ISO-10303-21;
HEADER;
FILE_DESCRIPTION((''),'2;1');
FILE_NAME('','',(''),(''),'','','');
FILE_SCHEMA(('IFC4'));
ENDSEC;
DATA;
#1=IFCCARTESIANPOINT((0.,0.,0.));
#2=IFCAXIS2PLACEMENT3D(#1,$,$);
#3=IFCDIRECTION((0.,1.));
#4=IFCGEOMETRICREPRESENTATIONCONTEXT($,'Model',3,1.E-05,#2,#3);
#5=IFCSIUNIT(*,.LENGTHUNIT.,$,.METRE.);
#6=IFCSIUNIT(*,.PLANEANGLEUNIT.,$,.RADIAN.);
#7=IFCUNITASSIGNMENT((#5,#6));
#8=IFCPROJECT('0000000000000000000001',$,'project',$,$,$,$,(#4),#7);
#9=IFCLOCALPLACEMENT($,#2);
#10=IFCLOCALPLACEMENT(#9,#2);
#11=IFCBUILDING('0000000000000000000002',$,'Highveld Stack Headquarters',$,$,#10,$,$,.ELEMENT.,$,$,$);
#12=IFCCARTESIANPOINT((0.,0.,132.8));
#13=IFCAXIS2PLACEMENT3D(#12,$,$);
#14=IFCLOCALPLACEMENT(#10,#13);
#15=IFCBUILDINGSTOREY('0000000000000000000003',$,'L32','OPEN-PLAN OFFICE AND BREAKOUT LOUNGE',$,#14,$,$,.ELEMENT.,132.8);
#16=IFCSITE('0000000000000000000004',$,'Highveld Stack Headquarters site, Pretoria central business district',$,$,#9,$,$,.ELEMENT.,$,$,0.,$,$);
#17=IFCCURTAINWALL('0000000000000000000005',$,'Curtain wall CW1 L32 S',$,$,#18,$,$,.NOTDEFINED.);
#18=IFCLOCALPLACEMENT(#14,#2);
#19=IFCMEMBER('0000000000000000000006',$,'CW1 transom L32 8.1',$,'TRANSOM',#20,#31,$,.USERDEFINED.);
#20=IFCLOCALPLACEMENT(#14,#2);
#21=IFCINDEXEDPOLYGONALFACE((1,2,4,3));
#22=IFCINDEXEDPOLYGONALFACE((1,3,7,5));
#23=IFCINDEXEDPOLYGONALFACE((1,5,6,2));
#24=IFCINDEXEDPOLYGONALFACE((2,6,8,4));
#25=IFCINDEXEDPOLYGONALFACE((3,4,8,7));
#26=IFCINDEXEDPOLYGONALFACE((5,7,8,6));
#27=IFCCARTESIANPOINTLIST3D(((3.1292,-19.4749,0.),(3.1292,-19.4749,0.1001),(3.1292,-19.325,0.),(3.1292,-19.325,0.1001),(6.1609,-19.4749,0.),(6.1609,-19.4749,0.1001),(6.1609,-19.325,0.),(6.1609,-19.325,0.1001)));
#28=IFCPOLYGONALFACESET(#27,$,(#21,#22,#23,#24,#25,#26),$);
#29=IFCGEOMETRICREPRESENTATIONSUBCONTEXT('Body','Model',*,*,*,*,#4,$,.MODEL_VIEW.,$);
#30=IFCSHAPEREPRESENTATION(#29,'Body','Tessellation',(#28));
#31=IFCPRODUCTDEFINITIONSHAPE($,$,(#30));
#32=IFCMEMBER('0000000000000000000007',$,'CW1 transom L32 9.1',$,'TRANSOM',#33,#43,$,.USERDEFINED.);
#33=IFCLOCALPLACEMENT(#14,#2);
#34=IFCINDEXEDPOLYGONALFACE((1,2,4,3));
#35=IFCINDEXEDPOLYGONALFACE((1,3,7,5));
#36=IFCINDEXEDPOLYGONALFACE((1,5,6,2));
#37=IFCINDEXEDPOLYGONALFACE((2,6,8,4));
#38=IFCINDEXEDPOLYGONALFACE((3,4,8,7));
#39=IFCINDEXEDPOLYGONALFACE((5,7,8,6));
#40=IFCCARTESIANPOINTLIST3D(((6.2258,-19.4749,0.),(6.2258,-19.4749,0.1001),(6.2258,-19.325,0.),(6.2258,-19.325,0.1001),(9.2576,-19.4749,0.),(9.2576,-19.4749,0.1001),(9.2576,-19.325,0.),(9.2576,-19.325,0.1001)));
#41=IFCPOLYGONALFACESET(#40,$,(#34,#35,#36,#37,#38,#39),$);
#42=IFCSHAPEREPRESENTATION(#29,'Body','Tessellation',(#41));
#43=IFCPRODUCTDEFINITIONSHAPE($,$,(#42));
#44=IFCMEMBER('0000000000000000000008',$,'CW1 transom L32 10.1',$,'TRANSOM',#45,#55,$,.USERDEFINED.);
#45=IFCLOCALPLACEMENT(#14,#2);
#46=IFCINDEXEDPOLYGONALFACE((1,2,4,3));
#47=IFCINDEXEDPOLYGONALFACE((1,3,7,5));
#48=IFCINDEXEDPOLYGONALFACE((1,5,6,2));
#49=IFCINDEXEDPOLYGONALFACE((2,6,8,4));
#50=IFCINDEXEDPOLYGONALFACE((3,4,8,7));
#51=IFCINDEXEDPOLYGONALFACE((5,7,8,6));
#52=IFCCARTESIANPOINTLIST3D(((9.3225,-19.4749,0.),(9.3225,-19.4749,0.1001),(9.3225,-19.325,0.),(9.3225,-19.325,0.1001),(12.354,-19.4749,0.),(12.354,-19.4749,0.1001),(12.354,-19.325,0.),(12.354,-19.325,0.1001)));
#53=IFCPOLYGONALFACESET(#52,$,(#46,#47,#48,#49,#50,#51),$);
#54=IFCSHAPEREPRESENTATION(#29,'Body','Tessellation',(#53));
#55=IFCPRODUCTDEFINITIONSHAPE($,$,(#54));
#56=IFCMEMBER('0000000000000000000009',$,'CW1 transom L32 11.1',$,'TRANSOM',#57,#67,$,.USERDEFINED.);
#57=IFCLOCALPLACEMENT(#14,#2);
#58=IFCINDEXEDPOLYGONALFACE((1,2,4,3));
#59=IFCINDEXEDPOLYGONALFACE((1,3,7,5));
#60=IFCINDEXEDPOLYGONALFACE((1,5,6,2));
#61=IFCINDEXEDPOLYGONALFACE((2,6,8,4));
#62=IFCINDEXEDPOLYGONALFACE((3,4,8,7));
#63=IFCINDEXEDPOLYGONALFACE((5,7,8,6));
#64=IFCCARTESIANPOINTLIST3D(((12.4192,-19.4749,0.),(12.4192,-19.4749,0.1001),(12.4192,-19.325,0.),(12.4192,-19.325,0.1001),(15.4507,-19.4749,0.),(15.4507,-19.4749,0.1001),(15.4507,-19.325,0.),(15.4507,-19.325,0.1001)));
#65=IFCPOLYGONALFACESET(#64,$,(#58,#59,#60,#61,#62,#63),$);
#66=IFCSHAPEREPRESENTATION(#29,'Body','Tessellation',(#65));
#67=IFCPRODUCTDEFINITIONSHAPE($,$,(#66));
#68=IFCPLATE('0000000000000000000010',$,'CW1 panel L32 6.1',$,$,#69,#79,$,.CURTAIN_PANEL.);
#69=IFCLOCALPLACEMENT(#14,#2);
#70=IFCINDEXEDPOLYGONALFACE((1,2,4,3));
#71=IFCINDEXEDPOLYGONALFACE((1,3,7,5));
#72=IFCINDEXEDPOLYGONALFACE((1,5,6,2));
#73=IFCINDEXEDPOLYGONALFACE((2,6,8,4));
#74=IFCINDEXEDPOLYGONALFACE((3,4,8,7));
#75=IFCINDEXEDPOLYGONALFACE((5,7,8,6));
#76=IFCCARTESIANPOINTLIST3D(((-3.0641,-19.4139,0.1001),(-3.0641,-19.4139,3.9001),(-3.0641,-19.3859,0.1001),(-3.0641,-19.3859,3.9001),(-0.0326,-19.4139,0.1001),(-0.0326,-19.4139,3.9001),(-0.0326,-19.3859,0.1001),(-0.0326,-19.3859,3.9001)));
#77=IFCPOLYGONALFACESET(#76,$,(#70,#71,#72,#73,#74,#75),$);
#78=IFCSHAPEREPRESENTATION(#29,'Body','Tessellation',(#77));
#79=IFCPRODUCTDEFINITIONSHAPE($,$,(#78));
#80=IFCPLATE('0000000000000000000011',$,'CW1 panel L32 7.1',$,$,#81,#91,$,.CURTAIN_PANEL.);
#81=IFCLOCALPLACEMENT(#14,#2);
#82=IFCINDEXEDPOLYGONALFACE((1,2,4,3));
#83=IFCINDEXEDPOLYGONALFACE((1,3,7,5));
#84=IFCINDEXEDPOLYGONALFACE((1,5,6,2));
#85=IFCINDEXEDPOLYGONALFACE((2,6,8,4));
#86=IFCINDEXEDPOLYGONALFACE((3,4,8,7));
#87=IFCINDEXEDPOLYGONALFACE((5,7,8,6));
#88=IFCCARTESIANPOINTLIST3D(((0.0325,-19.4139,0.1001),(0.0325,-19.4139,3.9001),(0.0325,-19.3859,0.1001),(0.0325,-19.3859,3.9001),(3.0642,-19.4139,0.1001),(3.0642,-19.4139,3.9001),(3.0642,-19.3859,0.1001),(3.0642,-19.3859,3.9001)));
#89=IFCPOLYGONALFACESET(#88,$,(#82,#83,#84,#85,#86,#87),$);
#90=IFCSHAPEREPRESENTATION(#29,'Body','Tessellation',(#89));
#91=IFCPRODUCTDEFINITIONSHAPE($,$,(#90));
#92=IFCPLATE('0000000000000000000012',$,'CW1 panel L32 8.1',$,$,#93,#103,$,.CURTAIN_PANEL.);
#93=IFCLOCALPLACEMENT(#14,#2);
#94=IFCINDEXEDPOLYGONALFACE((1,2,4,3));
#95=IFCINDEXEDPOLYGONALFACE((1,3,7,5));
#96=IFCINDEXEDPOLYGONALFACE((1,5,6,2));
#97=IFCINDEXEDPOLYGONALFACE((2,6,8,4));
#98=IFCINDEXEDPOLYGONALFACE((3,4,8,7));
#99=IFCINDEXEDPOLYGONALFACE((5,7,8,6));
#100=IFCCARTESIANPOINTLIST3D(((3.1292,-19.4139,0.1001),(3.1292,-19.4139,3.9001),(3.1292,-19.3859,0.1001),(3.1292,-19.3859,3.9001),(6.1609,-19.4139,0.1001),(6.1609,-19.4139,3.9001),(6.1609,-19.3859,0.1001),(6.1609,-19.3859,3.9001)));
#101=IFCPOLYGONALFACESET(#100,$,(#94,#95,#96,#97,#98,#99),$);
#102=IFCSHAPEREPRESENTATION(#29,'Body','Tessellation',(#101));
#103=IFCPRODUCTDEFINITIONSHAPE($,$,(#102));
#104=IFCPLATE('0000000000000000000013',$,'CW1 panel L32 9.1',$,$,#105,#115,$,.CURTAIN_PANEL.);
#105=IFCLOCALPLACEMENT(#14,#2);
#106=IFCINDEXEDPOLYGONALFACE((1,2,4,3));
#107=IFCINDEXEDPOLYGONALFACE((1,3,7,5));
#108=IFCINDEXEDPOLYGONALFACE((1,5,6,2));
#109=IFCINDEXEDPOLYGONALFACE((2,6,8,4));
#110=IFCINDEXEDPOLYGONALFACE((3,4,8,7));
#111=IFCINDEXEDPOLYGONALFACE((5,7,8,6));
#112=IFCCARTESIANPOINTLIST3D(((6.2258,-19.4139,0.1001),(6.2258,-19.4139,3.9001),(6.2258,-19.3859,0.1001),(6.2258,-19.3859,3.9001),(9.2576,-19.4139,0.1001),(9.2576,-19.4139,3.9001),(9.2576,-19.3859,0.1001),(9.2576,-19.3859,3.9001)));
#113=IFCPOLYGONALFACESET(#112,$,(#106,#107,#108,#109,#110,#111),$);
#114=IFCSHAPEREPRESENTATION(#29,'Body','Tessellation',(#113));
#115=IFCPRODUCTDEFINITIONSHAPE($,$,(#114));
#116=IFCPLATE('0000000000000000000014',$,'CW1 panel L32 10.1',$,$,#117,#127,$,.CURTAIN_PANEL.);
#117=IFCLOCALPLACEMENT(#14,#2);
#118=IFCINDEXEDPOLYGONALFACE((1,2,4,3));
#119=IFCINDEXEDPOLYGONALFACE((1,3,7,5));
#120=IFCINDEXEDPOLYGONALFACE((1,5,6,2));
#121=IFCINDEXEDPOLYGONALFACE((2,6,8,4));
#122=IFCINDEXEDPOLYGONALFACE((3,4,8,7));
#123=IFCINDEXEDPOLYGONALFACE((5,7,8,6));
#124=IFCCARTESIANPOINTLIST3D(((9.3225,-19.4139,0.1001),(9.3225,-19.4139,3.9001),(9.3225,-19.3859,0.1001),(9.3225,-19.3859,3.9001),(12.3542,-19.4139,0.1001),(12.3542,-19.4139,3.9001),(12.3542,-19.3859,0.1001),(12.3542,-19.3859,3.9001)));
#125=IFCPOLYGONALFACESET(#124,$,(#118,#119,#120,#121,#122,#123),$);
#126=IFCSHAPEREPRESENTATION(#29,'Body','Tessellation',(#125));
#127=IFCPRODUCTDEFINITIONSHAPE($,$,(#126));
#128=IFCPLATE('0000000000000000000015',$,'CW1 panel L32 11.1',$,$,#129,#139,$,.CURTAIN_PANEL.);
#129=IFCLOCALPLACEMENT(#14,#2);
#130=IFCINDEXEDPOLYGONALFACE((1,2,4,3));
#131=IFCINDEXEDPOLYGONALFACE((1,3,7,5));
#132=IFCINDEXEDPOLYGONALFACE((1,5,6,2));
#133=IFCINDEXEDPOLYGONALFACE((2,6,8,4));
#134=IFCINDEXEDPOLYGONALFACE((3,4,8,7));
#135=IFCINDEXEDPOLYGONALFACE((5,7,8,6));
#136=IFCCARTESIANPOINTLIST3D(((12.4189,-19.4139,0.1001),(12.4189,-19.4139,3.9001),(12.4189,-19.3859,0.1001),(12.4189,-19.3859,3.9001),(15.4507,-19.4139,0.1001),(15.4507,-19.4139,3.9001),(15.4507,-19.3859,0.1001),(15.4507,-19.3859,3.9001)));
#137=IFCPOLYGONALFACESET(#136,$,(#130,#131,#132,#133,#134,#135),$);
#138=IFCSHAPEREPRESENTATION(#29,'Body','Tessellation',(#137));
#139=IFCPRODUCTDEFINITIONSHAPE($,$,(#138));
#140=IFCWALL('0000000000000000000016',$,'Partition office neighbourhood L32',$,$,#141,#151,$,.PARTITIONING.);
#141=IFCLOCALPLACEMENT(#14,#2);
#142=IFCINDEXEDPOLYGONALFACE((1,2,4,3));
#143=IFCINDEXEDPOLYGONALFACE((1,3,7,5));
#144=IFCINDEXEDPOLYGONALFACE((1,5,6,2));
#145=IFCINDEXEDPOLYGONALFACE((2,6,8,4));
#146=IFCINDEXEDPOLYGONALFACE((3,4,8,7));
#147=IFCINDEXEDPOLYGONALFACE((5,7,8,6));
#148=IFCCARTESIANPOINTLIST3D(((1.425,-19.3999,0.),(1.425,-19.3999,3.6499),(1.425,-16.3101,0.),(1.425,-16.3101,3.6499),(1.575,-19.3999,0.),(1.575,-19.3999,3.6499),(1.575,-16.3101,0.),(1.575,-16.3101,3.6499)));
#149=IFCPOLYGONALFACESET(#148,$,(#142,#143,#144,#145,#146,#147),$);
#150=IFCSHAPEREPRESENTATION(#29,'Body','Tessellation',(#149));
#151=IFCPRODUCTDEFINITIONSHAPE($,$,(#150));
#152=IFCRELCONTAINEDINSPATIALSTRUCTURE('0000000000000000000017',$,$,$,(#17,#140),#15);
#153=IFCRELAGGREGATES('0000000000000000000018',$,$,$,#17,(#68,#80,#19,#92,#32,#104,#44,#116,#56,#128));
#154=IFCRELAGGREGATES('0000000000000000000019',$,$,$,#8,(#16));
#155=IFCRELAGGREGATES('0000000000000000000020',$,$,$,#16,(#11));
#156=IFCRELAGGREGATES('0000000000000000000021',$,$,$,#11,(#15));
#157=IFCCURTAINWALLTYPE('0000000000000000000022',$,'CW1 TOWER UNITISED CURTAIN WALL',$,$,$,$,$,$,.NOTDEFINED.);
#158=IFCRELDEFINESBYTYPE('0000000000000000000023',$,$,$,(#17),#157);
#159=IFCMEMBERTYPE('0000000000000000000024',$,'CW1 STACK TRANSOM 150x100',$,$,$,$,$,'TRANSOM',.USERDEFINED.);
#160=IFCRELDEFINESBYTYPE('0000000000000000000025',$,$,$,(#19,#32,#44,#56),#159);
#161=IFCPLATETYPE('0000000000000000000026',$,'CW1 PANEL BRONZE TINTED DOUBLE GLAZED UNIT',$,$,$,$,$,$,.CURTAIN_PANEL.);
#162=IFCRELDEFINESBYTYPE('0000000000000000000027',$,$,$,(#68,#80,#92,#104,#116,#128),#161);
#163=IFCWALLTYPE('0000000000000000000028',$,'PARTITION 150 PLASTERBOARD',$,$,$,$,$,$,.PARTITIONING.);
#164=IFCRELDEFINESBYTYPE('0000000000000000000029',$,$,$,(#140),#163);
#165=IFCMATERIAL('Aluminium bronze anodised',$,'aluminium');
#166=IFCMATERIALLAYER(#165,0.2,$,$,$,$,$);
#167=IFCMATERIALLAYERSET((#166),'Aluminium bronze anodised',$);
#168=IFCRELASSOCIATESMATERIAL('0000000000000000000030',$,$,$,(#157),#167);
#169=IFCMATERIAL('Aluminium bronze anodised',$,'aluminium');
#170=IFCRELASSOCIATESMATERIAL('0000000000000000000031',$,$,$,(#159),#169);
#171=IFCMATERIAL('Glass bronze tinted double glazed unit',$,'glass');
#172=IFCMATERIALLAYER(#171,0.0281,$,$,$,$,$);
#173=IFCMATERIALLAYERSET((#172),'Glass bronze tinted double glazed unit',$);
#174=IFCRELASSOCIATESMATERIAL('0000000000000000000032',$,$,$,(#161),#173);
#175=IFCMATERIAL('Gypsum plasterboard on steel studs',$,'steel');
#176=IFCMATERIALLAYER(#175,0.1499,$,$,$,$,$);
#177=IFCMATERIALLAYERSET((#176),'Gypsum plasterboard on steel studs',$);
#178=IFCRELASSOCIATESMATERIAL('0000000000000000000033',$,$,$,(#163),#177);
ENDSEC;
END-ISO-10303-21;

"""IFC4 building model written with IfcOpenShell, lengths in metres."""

from ifc_helpers import new_model, si_unit, direction, frame, frame_2d, origin, origin_2d, place, context, subcontext, project, spatial, rectangle, extrude, material, layer, layer_set, material_profile, profile_set, type_object, element, aggregate, save


model = new_model("IFC4")

# Units and contexts
model_context = context("Model", 3, precision=1e-05, world=origin(), true_north=direction((0.0, 1.0)))
body_context = subcontext(model_context, "Body", "Model", "MODEL_VIEW")
ifc_project = project(units=[si_unit("LENGTHUNIT", "METRE"), si_unit("PLANEANGLEUNIT", "RADIAN")], contexts=[model_context])

# Site, building, storey
site_placement = place(None, origin())
site = spatial("IfcSite", under=ifc_project, at=site_placement, Name="Highveld Stack Headquarters site, Pretoria central business district", CompositionType="ELEMENT", RefElevation=0.0)
building_placement = place(site_placement, origin())
building = spatial("IfcBuilding", under=site, at=building_placement, Name="Highveld Stack Headquarters", CompositionType="ELEMENT")
storey_placement = place(building_placement, frame((0.0, 0.0, 132.8)))
storey = spatial("IfcBuildingStorey", under=building, at=storey_placement, Name="L32", Description="OPEN-PLAN OFFICE AND BREAKOUT LOUNGE", CompositionType="ELEMENT", Elevation=132.8)

# Curtain wall, members, plates
ifc_material_1 = material(Name="Aluminium bronze anodised", Category="aluminium")
ifc_layer_1 = layer(ifc_material_1, 0.2)
ifc_layer_set_1 = layer_set([ifc_layer_1], Name="Aluminium bronze anodised")
curtain_wall_type = type_object("IfcCurtainWallType", Name="CW1 TOWER UNITISED CURTAIN WALL", PredefinedType="NOTDEFINED", material=ifc_layer_set_1)
curtain_wall_placement = place(storey_placement, origin())
curtain_wall = element("IfcCurtainWall", 1, at=curtain_wall_placement, inside=storey, type_object=curtain_wall_type, Name="Curtain wall CW1 L32 S", PredefinedType="NOTDEFINED")
ifc_material_2 = material(Name="Aluminium bronze anodised", Category="aluminium")
ifc_material_profile_1 = material_profile(ifc_material_2, rectangle(XDim=0.1499, YDim=0.1001, at=origin_2d()), Name="CW1 TRANSOM 150x100")
ifc_profile_set_1 = profile_set([ifc_material_profile_1], Name="Aluminium bronze anodised")
member_type_1 = type_object("IfcMemberType", Name="CW1 STACK TRANSOM 150x100", ElementType="TRANSOM", PredefinedType="USERDEFINED", material=ifc_profile_set_1)
member_1_placement = place(storey_placement, frame((3.1292, -19.3999, 0.05), z_axis=(1.0, 0.0, 0.0), x_axis=(0.0, 1.0, 0.0)))
member_1 = element("IfcMember", 2, at=member_1_placement, type_object=member_type_1, Name="CW1 transom L32 8.1", ObjectType="TRANSOM", PredefinedType="USERDEFINED", context=body_context, shape_type="SweptSolid", body=[
    extrude(rectangle(XDim=0.1499, YDim=0.1001, at=origin_2d()), origin(), (0.0, 0.0, 1.0), 3.0317),
])
member_2_placement = place(storey_placement, frame((6.2258, -19.3999, 0.05), z_axis=(1.0, 0.0, 0.0), x_axis=(0.0, 1.0, 0.0)))
member_2 = element("IfcMember", 3, at=member_2_placement, type_object=member_type_1, Name="CW1 transom L32 9.1", ObjectType="TRANSOM", PredefinedType="USERDEFINED", context=body_context, shape_type="SweptSolid", body=[
    extrude(rectangle(XDim=0.1499, YDim=0.1001, at=origin_2d()), origin(), (0.0, 0.0, 1.0), 3.0317),
])
member_3_placement = place(storey_placement, frame((9.3225, -19.3999, 0.05), z_axis=(1.0, 0.0, 0.0), x_axis=(0.0, 1.0, 0.0)))
member_3 = element("IfcMember", 4, at=member_3_placement, type_object=member_type_1, Name="CW1 transom L32 10.1", ObjectType="TRANSOM", PredefinedType="USERDEFINED", context=body_context, shape_type="SweptSolid", body=[
    extrude(rectangle(XDim=0.1499, YDim=0.1001, at=origin_2d()), origin(), (0.0, 0.0, 1.0), 3.0315),
])
member_4_placement = place(storey_placement, frame((12.4192, -19.3999, 0.05), z_axis=(1.0, 0.0, 0.0), x_axis=(0.0, 1.0, 0.0)))
member_4 = element("IfcMember", 5, at=member_4_placement, type_object=member_type_1, Name="CW1 transom L32 11.1", ObjectType="TRANSOM", PredefinedType="USERDEFINED", context=body_context, shape_type="SweptSolid", body=[
    extrude(rectangle(XDim=0.1499, YDim=0.1001, at=origin_2d()), origin(), (0.0, 0.0, 1.0), 3.0315),
])
ifc_material_3 = material(Name="Glass bronze tinted double glazed unit", Category="glass")
ifc_layer_2 = layer(ifc_material_3, 0.0281)
ifc_layer_set_2 = layer_set([ifc_layer_2], Name="Glass bronze tinted double glazed unit")
plate_type = type_object("IfcPlateType", Name="CW1 PANEL BRONZE TINTED DOUBLE GLAZED UNIT", PredefinedType="CURTAIN_PANEL", material=ifc_layer_set_2)
plate_1_placement = place(storey_placement, frame((-1.5483, -19.3999, 0.1001), z_axis=(0.0, 0.0, 1.0), x_axis=(1.0, 0.0, 0.0)))
plate_1 = element("IfcPlate", 6, at=plate_1_placement, type_object=plate_type, Name="CW1 panel L32 6.1", PredefinedType="CURTAIN_PANEL", context=body_context, shape_type="SweptSolid", body=[
    extrude(rectangle(XDim=3.0315, YDim=0.0281, at=origin_2d()), origin(), (0.0, 0.0, 1.0), 3.8),
])
plate_2_placement = place(storey_placement, frame((1.5483, -19.3999, 0.1001), z_axis=(0.0, 0.0, 1.0), x_axis=(1.0, 0.0, 0.0)))
plate_2 = element("IfcPlate", 7, at=plate_2_placement, type_object=plate_type, Name="CW1 panel L32 7.1", PredefinedType="CURTAIN_PANEL", context=body_context, shape_type="SweptSolid", body=[
    extrude(rectangle(XDim=3.0317, YDim=0.0281, at=origin_2d()), origin(), (0.0, 0.0, 1.0), 3.8),
])
plate_3_placement = place(storey_placement, frame((4.645, -19.3999, 0.1001), z_axis=(0.0, 0.0, 1.0), x_axis=(1.0, 0.0, 0.0)))
plate_3 = element("IfcPlate", 8, at=plate_3_placement, type_object=plate_type, Name="CW1 panel L32 8.1", PredefinedType="CURTAIN_PANEL", context=body_context, shape_type="SweptSolid", body=[
    extrude(rectangle(XDim=3.0317, YDim=0.0281, at=origin_2d()), origin(), (0.0, 0.0, 1.0), 3.8),
])
plate_4_placement = place(storey_placement, frame((7.7417, -19.3999, 0.1001), z_axis=(0.0, 0.0, 1.0), x_axis=(1.0, 0.0, 0.0)))
plate_4 = element("IfcPlate", 9, at=plate_4_placement, type_object=plate_type, Name="CW1 panel L32 9.1", PredefinedType="CURTAIN_PANEL", context=body_context, shape_type="SweptSolid", body=[
    extrude(rectangle(XDim=3.0317, YDim=0.0281, at=origin_2d()), origin(), (0.0, 0.0, 1.0), 3.8),
])
plate_5_placement = place(storey_placement, frame((10.8384, -19.3999, 0.1001), z_axis=(0.0, 0.0, 1.0), x_axis=(1.0, 0.0, 0.0)))
plate_5 = element("IfcPlate", 10, at=plate_5_placement, type_object=plate_type, Name="CW1 panel L32 10.1", PredefinedType="CURTAIN_PANEL", context=body_context, shape_type="SweptSolid", body=[
    extrude(rectangle(XDim=3.0317, YDim=0.0281, at=origin_2d()), origin(), (0.0, 0.0, 1.0), 3.8),
])
plate_6_placement = place(storey_placement, frame((13.9348, -19.3999, 0.1001), z_axis=(0.0, 0.0, 1.0), x_axis=(1.0, 0.0, 0.0)))
plate_6 = element("IfcPlate", 11, at=plate_6_placement, type_object=plate_type, Name="CW1 panel L32 11.1", PredefinedType="CURTAIN_PANEL", context=body_context, shape_type="SweptSolid", body=[
    extrude(rectangle(XDim=3.0317, YDim=0.0281, at=origin_2d()), origin(), (0.0, 0.0, 1.0), 3.8),
])
aggregate(curtain_wall, [plate_1, plate_2, member_1, plate_3, member_2, plate_4, member_3, plate_5, member_4, plate_6])

# Wall
ifc_material_4 = material(Name="Gypsum plasterboard on steel studs", Category="steel")
ifc_layer_3 = layer(ifc_material_4, 0.1499)
ifc_layer_set_3 = layer_set([ifc_layer_3], Name="Gypsum plasterboard on steel studs")
wall_type = type_object("IfcWallType", Name="PARTITION 150 PLASTERBOARD", PredefinedType="PARTITIONING", material=ifc_layer_set_3)
wall_placement = place(storey_placement, frame((1.5, -19.3999, 0.0), z_axis=(0.0, 0.0, 1.0), x_axis=(0.0, 1.0, 0.0)))
element("IfcWall", 12, at=wall_placement, inside=storey, type_object=wall_type, Name="Partition office neighbourhood L32", PredefinedType="PARTITIONING", context=body_context, shape_type="SweptSolid", body=[
    extrude(rectangle(XDim=3.0898, YDim=0.1499, at=frame_2d((1.5449, 0.0))), origin(), (0.0, 0.0, 1.0), 3.6499),
])

save(model, "model.ifc")
